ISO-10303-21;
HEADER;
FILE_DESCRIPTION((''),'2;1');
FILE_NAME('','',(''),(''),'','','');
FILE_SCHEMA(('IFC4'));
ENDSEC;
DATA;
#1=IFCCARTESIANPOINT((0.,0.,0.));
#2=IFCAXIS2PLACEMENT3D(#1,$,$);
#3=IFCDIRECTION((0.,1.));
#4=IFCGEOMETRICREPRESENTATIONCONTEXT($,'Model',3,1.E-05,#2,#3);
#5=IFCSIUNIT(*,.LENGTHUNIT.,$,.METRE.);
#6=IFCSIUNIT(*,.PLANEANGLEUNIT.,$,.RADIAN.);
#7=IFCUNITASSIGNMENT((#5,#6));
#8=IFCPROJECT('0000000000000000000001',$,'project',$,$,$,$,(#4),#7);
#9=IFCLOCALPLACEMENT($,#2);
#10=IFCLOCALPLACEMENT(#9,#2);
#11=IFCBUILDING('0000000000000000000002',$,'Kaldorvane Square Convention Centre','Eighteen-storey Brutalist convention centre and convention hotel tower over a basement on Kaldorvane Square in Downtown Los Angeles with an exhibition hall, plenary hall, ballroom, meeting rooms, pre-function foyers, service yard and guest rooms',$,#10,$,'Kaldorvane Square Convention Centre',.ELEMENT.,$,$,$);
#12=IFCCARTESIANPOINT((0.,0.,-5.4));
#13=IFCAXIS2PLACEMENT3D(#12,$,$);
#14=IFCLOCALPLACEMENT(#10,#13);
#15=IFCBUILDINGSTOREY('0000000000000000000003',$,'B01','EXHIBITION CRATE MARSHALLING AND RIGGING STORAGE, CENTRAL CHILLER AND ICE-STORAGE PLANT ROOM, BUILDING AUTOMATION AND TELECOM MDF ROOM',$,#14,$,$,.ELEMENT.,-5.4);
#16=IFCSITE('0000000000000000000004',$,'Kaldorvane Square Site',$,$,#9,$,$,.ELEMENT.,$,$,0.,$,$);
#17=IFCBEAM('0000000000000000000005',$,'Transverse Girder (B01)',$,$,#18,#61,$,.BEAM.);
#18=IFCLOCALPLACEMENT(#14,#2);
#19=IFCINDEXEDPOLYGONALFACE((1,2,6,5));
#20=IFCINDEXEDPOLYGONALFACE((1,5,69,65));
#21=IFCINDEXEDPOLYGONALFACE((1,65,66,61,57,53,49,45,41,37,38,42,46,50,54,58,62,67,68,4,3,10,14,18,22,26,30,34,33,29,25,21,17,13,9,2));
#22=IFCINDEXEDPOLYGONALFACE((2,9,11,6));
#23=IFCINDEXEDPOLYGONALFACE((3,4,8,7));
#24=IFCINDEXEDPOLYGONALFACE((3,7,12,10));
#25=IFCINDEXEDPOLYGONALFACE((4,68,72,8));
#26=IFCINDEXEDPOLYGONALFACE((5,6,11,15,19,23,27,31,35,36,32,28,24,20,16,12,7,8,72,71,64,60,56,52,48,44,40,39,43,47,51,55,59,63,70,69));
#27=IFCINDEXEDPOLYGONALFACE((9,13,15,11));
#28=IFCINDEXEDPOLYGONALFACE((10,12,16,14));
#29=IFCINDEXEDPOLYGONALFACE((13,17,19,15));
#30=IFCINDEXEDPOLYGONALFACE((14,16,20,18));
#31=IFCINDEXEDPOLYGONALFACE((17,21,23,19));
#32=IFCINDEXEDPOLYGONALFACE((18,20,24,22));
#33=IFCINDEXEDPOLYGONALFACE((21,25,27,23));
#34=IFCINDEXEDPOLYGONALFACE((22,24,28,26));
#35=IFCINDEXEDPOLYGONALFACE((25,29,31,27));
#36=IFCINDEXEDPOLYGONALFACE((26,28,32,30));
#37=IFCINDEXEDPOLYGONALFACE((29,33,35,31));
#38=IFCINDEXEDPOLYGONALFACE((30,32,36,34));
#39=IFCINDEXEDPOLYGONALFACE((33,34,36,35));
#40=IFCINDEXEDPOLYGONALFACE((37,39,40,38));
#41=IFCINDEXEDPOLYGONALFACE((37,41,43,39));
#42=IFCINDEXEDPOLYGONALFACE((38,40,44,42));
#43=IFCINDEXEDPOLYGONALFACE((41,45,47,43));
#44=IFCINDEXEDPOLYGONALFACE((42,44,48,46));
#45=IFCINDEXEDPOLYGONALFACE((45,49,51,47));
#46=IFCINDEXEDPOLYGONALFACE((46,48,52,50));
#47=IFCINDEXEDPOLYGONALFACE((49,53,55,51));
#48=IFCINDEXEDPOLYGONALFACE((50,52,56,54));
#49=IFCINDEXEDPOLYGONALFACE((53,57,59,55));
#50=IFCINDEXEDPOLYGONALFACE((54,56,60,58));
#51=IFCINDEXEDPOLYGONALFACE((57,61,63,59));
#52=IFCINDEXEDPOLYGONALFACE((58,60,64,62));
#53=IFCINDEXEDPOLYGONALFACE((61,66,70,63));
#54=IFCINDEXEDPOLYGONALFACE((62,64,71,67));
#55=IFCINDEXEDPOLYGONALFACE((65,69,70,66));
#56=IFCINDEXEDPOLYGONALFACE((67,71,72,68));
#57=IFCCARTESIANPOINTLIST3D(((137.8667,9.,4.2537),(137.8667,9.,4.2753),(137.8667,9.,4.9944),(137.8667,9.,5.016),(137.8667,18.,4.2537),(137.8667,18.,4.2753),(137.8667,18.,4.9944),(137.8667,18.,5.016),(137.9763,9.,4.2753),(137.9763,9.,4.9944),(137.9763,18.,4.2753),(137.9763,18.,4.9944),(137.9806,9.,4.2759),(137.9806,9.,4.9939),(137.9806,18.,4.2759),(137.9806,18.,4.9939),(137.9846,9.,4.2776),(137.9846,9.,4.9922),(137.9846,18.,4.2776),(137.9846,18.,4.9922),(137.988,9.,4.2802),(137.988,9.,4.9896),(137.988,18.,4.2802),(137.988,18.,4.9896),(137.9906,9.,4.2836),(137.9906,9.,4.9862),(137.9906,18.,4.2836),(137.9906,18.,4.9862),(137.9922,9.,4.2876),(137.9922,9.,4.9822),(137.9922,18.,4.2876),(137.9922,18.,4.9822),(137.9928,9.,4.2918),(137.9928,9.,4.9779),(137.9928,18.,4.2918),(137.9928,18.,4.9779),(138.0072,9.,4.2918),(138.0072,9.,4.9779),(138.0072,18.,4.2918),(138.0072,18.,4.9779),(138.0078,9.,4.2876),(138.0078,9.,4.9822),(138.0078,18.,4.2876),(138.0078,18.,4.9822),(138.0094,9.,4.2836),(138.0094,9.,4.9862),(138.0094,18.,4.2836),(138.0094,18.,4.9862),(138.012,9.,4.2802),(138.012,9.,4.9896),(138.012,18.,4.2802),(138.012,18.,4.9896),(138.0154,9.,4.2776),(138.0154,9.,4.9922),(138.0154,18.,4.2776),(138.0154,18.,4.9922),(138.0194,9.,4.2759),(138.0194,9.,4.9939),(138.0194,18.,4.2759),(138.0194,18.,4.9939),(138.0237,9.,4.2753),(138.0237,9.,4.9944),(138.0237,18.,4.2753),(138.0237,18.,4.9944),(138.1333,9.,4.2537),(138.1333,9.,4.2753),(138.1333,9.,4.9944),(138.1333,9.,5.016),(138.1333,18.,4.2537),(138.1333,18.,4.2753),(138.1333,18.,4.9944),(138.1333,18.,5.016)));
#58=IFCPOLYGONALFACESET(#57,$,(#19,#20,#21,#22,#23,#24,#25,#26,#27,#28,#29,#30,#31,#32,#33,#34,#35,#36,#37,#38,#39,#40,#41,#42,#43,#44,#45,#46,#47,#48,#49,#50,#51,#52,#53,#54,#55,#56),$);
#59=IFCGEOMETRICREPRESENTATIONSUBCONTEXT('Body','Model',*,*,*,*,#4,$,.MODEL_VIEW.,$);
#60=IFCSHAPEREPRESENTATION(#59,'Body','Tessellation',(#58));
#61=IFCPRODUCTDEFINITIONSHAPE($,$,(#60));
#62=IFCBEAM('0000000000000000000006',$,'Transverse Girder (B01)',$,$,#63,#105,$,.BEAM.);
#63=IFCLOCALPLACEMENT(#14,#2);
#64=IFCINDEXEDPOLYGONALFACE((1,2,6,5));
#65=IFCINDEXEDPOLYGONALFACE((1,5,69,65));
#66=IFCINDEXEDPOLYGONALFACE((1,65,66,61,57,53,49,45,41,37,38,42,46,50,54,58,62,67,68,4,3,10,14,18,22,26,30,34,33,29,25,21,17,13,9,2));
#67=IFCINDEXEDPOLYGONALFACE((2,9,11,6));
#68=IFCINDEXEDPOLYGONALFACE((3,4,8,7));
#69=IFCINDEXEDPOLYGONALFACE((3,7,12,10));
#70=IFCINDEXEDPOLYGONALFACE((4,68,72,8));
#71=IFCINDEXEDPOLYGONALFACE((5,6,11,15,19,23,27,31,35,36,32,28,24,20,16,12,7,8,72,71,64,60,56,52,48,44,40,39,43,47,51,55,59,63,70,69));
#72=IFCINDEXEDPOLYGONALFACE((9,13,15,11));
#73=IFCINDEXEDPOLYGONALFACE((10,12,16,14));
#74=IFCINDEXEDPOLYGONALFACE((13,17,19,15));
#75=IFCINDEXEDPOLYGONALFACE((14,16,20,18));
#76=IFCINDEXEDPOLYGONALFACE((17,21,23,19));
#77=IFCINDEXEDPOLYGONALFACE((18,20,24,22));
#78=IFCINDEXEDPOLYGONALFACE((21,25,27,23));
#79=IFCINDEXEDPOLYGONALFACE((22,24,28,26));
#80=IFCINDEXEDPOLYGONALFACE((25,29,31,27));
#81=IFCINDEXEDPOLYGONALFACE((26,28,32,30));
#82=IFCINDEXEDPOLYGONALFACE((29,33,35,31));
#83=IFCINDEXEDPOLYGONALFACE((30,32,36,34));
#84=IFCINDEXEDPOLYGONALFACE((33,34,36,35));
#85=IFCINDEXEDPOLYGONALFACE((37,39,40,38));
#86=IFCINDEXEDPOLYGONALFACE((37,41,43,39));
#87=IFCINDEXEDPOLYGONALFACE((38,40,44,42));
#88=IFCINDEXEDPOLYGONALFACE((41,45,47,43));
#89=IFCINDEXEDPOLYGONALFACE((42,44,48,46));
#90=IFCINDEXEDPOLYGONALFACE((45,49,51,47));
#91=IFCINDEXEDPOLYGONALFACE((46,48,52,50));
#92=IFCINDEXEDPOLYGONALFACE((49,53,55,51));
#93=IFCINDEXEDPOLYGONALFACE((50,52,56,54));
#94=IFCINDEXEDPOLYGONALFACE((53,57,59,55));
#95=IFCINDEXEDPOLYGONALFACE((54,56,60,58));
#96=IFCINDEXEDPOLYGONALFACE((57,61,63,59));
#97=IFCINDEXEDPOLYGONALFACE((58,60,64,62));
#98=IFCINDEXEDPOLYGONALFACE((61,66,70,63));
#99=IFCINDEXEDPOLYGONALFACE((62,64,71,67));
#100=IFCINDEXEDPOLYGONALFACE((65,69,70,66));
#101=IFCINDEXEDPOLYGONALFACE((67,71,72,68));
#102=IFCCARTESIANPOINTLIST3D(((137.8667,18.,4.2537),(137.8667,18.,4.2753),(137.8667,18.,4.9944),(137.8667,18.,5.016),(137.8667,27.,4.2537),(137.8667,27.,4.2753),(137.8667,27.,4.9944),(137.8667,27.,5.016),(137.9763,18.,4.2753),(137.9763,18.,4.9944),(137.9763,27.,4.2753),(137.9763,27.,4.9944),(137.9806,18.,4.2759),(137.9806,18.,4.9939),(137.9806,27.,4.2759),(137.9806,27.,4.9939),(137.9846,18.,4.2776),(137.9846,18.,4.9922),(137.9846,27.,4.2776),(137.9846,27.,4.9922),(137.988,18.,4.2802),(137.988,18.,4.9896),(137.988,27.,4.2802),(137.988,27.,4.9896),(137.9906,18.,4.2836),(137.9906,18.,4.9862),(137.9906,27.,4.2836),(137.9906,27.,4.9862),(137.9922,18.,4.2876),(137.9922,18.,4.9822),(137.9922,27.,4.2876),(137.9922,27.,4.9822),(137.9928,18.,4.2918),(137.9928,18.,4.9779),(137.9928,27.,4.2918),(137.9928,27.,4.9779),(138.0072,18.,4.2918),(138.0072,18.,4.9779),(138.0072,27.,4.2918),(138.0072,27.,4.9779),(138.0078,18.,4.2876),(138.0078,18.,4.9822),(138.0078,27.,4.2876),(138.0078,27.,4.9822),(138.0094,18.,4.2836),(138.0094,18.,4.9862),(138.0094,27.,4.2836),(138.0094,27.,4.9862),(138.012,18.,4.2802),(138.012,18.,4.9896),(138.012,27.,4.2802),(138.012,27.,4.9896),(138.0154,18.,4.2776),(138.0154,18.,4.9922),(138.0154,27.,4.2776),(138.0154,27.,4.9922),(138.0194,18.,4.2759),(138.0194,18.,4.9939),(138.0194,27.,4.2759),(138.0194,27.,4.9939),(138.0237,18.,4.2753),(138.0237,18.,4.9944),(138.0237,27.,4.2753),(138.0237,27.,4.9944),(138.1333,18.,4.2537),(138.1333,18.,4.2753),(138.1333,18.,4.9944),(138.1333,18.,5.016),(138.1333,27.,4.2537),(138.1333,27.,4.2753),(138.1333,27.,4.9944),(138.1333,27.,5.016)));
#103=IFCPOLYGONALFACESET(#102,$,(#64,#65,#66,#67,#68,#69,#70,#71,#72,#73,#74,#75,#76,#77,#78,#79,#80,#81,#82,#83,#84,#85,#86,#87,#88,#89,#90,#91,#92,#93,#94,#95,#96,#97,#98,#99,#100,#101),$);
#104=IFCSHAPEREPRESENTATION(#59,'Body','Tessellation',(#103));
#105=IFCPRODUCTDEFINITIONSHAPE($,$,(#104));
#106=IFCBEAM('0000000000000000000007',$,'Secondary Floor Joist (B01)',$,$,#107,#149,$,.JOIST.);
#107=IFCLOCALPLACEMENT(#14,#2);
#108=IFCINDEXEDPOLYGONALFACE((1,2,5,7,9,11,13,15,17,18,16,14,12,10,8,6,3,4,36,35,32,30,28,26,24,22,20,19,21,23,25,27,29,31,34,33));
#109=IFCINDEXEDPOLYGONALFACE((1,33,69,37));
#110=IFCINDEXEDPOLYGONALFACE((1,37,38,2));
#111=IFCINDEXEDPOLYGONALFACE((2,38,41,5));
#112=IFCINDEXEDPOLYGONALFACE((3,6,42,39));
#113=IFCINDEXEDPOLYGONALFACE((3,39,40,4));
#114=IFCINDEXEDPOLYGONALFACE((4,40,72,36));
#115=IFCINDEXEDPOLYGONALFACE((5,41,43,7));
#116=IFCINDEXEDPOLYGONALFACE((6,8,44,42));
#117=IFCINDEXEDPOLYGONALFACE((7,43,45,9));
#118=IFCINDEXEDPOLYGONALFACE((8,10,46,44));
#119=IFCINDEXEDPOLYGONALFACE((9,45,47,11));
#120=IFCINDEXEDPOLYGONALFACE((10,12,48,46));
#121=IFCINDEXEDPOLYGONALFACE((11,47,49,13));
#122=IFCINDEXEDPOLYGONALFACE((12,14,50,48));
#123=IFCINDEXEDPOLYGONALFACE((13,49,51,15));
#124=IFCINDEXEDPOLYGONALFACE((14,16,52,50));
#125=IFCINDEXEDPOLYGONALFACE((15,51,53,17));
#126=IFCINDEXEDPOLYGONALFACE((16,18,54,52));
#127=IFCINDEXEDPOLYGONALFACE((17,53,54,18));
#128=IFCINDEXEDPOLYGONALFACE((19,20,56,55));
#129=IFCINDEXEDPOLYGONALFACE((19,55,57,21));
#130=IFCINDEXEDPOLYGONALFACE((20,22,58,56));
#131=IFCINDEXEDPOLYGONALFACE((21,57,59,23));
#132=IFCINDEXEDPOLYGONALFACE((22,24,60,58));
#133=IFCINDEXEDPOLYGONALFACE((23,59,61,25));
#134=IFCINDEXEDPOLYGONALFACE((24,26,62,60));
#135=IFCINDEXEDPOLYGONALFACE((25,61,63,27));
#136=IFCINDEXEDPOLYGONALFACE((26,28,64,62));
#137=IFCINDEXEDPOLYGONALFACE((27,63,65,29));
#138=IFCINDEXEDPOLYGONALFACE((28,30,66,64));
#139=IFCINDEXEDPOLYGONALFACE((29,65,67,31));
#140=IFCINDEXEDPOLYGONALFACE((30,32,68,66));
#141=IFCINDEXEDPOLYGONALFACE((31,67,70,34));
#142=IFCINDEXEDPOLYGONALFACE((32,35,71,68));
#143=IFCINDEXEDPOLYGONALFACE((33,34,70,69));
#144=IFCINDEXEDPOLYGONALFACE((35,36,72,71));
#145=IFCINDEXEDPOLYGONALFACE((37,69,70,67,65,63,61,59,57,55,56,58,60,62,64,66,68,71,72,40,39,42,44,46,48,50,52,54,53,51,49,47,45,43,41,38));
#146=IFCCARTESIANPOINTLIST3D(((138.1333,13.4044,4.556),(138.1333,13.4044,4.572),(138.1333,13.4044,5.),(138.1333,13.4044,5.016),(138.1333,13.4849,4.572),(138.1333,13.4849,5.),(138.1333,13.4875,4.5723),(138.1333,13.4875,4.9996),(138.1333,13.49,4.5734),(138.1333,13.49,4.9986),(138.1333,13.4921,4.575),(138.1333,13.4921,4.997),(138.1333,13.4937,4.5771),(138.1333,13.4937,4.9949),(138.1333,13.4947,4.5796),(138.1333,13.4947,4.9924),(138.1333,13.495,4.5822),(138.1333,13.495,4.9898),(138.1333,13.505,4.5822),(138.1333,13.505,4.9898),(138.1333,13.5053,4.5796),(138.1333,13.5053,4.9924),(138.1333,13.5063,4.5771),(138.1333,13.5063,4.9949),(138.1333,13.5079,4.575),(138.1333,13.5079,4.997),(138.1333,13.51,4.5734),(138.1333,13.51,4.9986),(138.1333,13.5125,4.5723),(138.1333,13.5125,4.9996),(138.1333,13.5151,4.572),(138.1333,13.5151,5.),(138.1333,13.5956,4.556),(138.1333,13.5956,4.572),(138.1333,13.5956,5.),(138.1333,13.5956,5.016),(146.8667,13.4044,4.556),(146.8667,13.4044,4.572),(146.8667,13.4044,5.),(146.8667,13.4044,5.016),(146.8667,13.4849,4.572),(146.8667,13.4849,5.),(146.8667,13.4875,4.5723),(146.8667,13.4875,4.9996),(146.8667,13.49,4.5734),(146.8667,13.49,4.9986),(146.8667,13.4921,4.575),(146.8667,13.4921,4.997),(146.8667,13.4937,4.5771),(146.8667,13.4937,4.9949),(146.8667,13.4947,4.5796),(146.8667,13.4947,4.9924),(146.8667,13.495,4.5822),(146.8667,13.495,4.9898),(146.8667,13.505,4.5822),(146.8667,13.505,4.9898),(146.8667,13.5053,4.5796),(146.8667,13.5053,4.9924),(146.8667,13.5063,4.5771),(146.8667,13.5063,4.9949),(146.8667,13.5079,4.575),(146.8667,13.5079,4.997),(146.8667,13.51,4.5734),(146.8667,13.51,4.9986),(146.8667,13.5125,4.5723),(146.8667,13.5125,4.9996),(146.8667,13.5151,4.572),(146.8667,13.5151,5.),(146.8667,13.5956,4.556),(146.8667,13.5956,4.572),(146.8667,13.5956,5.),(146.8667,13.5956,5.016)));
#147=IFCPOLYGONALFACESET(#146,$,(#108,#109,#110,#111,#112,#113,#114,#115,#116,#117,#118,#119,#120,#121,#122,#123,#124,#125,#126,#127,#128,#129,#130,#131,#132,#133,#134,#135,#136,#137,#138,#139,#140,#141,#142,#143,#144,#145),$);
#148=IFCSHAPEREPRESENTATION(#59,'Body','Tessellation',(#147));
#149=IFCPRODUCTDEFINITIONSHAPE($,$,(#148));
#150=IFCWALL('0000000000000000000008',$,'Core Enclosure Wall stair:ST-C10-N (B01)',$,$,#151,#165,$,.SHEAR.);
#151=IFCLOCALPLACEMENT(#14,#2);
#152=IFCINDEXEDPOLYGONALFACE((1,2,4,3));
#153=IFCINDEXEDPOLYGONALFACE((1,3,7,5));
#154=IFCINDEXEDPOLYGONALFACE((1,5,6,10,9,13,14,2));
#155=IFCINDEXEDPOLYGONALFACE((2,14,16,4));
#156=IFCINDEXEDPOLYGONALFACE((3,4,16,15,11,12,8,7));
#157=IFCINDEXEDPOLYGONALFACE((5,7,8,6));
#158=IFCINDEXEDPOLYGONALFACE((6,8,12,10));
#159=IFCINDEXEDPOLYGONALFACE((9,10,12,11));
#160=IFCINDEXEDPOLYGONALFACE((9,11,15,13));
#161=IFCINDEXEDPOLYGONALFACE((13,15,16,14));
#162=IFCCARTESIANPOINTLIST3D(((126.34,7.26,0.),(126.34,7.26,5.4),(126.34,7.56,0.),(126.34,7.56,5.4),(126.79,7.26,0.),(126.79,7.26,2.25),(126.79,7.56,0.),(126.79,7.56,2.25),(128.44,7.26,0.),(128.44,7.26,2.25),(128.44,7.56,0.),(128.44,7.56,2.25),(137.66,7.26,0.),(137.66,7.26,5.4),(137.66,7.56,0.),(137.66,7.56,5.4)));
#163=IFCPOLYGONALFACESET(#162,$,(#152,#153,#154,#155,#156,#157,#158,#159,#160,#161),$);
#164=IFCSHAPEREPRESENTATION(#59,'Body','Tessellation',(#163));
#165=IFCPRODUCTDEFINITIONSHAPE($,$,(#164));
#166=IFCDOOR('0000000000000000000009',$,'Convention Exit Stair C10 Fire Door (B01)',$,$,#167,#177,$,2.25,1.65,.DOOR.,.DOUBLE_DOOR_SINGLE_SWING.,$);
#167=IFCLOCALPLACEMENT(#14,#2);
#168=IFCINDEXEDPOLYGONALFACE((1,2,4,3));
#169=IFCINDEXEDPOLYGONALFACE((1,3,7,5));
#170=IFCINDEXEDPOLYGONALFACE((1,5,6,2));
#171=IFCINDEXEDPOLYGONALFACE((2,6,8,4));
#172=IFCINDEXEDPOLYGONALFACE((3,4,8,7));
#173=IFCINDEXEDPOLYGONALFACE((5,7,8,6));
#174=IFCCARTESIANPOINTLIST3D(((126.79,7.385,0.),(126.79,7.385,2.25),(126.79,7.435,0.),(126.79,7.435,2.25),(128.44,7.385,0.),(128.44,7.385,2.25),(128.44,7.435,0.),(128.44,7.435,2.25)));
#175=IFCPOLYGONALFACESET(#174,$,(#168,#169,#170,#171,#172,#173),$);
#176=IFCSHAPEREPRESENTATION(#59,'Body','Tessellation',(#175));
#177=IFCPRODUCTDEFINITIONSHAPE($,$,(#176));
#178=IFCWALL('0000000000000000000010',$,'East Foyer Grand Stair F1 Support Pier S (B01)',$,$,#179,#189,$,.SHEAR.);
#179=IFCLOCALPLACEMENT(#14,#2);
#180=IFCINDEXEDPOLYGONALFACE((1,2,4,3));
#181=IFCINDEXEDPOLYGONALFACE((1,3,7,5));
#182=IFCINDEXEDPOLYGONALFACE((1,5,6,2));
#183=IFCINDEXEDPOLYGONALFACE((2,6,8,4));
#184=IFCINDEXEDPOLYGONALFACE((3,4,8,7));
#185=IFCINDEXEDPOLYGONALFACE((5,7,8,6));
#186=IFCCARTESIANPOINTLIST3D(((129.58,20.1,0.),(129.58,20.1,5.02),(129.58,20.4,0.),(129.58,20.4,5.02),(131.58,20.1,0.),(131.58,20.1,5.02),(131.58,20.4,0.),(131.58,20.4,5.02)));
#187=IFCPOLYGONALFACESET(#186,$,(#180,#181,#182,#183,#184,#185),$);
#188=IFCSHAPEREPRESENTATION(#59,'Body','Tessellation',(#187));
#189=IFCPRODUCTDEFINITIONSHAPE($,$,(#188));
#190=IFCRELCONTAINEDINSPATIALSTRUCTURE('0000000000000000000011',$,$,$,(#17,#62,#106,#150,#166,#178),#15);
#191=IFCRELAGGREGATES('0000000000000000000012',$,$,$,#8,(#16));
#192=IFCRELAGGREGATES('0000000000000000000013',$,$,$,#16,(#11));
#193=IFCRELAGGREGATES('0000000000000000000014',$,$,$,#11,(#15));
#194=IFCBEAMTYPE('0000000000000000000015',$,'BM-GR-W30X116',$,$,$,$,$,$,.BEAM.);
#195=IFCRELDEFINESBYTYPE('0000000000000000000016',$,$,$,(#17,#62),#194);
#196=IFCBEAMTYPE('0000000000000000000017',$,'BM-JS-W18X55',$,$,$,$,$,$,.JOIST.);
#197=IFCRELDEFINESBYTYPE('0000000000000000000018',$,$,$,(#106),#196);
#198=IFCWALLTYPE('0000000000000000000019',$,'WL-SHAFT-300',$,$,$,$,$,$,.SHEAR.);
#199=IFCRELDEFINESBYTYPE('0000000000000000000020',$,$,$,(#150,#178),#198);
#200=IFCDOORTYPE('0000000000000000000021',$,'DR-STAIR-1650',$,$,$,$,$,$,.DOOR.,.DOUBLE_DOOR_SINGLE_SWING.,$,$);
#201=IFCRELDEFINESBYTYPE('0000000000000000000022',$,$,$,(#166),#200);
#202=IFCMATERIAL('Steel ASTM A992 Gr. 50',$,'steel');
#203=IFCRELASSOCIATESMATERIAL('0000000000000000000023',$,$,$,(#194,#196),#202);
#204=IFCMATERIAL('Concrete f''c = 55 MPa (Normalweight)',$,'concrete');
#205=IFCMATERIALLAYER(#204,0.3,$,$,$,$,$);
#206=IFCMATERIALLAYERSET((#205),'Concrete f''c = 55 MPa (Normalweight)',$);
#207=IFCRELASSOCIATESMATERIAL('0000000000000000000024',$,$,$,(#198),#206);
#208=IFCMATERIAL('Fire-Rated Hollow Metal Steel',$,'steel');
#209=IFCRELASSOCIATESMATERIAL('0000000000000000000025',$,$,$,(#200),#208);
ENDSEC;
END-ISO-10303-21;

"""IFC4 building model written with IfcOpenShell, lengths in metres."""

from ifc_helpers import new_model, si_unit, direction, frame, frame_2d, origin, origin_2d, place, context, subcontext, project, spatial, rectangle, i_section, extrude, material, layer, layer_set, material_profile, profile_set, type_object, element, fill, save


model = new_model("IFC4")

# Units and contexts
model_context = context("Model", 3, precision=1e-05, world=origin(), true_north=direction((0.0, 1.0)))
body_context = subcontext(model_context, "Body", "Model", "MODEL_VIEW")
ifc_project = project(units=[si_unit("LENGTHUNIT", "METRE"), si_unit("PLANEANGLEUNIT", "RADIAN")], contexts=[model_context])

# Site, building, storey
site_placement = place(None, origin())
site = spatial("IfcSite", under=ifc_project, at=site_placement, Name="Kaldorvane Square Site", CompositionType="ELEMENT", RefElevation=0.0)
building_placement = place(site_placement, origin())
building = spatial("IfcBuilding", under=site, at=building_placement, Name="Kaldorvane Square Convention Centre", Description="Eighteen-storey Brutalist convention centre and convention hotel tower over a basement on Kaldorvane Square in Downtown Los Angeles with an exhibition hall, plenary hall, ballroom, meeting rooms, pre-function foyers, service yard and guest rooms", LongName="Kaldorvane Square Convention Centre", CompositionType="ELEMENT")
storey_placement = place(building_placement, frame((0.0, 0.0, -5.4)))
storey = spatial("IfcBuildingStorey", under=building, at=storey_placement, Name="B01", Description="EXHIBITION CRATE MARSHALLING AND RIGGING STORAGE, CENTRAL CHILLER AND ICE-STORAGE PLANT ROOM, BUILDING AUTOMATION AND TELECOM MDF ROOM", CompositionType="ELEMENT", Elevation=-5.4)

# Shared definitions
ifc_material_1 = material(Name="Steel ASTM A992 Gr. 50", Category="steel")

# Beams
ifc_material_profile_1 = material_profile(ifc_material_1, i_section(OverallWidth=0.2666, OverallDepth=0.7623, WebThickness=0.0144, FlangeThickness=0.0216, FilletRadius=0.0165, at=origin_2d()), Name="W30X116")
ifc_profile_set_1 = profile_set([ifc_material_profile_1], Name="Steel ASTM A992 Gr. 50")
beam_type_1 = type_object("IfcBeamType", Name="BM-GR-W30X116", PredefinedType="BEAM", material=ifc_profile_set_1)
for number, where, z_axis, x_axis, name in (
    (1, (138.0, 9.0, 4.6349), (0.0, 1.0, 0.0), (-1.0, 0.0, 0.0), "Transverse Girder (B01)"),
    (2, (138.0, 18.0, 4.6349), (0.0, 1.0, 0.0), (-1.0, 0.0, 0.0), "Transverse Girder (B01)"),
):
    element("IfcBeam", number, at=place(storey_placement, frame(where, z_axis=z_axis, x_axis=x_axis)), inside=storey, type_object=beam_type_1, Name=name, PredefinedType="BEAM", context=body_context, shape_type="SweptSolid", body=[
        extrude(i_section(OverallWidth=0.2666, OverallDepth=0.7623, WebThickness=0.0144, FlangeThickness=0.0216, FilletRadius=0.0165, at=origin_2d()), origin(), (0.0, 0.0, 1.0), 9.0),
    ])
ifc_material_profile_2 = material_profile(ifc_material_1, i_section(OverallWidth=0.1913, OverallDepth=0.46, WebThickness=0.0099, FlangeThickness=0.016, FilletRadius=0.0102, at=origin_2d()), Name="W18X55")
ifc_profile_set_2 = profile_set([ifc_material_profile_2], Name="Steel ASTM A992 Gr. 50")
beam_type_2 = type_object("IfcBeamType", Name="BM-JS-W18X55", PredefinedType="JOIST", material=ifc_profile_set_2)
beam_placement = place(storey_placement, frame((138.1333, 13.5, 4.786), z_axis=(1.0, 0.0, 0.0), x_axis=(0.0, 1.0, 0.0)))
element("IfcBeam", 3, at=beam_placement, inside=storey, type_object=beam_type_2, Name="Secondary Floor Joist (B01)", PredefinedType="JOIST", context=body_context, shape_type="SweptSolid", body=[
    extrude(i_section(OverallWidth=0.1913, OverallDepth=0.46, WebThickness=0.0099, FlangeThickness=0.016, FilletRadius=0.0102, at=origin_2d()), origin(), (0.0, 0.0, 1.0), 8.7334),
])

# Wall, opening, door
ifc_material_2 = material(Name="Concrete f'c = 55 MPa (Normalweight)", Category="concrete")
ifc_layer = layer(ifc_material_2, 0.3)
ifc_layer_set = layer_set([ifc_layer], Name="Concrete f'c = 55 MPa (Normalweight)")
wall_type = type_object("IfcWallType", Name="WL-SHAFT-300", PredefinedType="SHEAR", material=ifc_layer_set)
wall_1_placement = place(storey_placement, frame((137.66, 7.41, 0.0), z_axis=(0.0, 0.0, 1.0), x_axis=(-1.0, 0.0, 0.0)))
wall_1 = element("IfcWall", 4, at=wall_1_placement, inside=storey, type_object=wall_type, Name="Core Enclosure Wall stair:ST-C10-N (B01)", PredefinedType="SHEAR", context=body_context, shape_type="SweptSolid", body=[
    extrude(rectangle(XDim=11.32, YDim=0.3, at=frame_2d((5.66, 0.0))), origin(), (0.0, 0.0, 1.0), 5.4),
])
opening_placement = place(wall_1_placement, frame((9.22, 0.0, 0.0)))
opening = element("IfcOpeningElement", 5, at=opening_placement, cuts=wall_1, PredefinedType="OPENING", context=body_context, shape_type="SweptSolid", body=[
    extrude(rectangle(XDim=1.65, YDim=2.25, at=frame_2d((0.825, 1.125))), frame((0.0, 0.165, 0.0), z_axis=(0.0, -1.0, 0.0), x_axis=(1.0, 0.0, 0.0)), (0.0, 0.0, 1.0), 0.33),
])
ifc_material_3 = material(Name="Fire-Rated Hollow Metal Steel", Category="steel")
door_type = type_object("IfcDoorType", Name="DR-STAIR-1650", OperationType="DOUBLE_DOOR_SINGLE_SWING", PredefinedType="DOOR", material=ifc_material_3)
door_placement = place(opening_placement, origin())
door = element("IfcDoor", 6, at=door_placement, inside=storey, type_object=door_type, Name="Convention Exit Stair C10 Fire Door (B01)", OperationType="DOUBLE_DOOR_SINGLE_SWING", OverallHeight=2.25, OverallWidth=1.65, PredefinedType="DOOR", context=body_context, shape_type="SweptSolid", body=[
    extrude(rectangle(XDim=1.65, YDim=2.25, at=frame_2d((0.825, 1.125))), frame((0.0, 0.025, 0.0), z_axis=(0.0, -1.0, 0.0), x_axis=(1.0, 0.0, 0.0)), (0.0, 0.0, 1.0), 0.05),
])
fill(opening, door)

# Wall
wall_2_placement = place(storey_placement, frame((129.58, 20.25, 0.0), z_axis=(0.0, 0.0, 1.0), x_axis=(1.0, 0.0, 0.0)))
element("IfcWall", 7, at=wall_2_placement, inside=storey, type_object=wall_type, Name="East Foyer Grand Stair F1 Support Pier S (B01)", PredefinedType="SHEAR", context=body_context, shape_type="SweptSolid", body=[
    extrude(rectangle(XDim=2.0, YDim=0.3, at=frame_2d((1.0, 0.0))), origin(), (0.0, 0.0, 1.0), 5.02),
])

save(model, "model.ifc")
